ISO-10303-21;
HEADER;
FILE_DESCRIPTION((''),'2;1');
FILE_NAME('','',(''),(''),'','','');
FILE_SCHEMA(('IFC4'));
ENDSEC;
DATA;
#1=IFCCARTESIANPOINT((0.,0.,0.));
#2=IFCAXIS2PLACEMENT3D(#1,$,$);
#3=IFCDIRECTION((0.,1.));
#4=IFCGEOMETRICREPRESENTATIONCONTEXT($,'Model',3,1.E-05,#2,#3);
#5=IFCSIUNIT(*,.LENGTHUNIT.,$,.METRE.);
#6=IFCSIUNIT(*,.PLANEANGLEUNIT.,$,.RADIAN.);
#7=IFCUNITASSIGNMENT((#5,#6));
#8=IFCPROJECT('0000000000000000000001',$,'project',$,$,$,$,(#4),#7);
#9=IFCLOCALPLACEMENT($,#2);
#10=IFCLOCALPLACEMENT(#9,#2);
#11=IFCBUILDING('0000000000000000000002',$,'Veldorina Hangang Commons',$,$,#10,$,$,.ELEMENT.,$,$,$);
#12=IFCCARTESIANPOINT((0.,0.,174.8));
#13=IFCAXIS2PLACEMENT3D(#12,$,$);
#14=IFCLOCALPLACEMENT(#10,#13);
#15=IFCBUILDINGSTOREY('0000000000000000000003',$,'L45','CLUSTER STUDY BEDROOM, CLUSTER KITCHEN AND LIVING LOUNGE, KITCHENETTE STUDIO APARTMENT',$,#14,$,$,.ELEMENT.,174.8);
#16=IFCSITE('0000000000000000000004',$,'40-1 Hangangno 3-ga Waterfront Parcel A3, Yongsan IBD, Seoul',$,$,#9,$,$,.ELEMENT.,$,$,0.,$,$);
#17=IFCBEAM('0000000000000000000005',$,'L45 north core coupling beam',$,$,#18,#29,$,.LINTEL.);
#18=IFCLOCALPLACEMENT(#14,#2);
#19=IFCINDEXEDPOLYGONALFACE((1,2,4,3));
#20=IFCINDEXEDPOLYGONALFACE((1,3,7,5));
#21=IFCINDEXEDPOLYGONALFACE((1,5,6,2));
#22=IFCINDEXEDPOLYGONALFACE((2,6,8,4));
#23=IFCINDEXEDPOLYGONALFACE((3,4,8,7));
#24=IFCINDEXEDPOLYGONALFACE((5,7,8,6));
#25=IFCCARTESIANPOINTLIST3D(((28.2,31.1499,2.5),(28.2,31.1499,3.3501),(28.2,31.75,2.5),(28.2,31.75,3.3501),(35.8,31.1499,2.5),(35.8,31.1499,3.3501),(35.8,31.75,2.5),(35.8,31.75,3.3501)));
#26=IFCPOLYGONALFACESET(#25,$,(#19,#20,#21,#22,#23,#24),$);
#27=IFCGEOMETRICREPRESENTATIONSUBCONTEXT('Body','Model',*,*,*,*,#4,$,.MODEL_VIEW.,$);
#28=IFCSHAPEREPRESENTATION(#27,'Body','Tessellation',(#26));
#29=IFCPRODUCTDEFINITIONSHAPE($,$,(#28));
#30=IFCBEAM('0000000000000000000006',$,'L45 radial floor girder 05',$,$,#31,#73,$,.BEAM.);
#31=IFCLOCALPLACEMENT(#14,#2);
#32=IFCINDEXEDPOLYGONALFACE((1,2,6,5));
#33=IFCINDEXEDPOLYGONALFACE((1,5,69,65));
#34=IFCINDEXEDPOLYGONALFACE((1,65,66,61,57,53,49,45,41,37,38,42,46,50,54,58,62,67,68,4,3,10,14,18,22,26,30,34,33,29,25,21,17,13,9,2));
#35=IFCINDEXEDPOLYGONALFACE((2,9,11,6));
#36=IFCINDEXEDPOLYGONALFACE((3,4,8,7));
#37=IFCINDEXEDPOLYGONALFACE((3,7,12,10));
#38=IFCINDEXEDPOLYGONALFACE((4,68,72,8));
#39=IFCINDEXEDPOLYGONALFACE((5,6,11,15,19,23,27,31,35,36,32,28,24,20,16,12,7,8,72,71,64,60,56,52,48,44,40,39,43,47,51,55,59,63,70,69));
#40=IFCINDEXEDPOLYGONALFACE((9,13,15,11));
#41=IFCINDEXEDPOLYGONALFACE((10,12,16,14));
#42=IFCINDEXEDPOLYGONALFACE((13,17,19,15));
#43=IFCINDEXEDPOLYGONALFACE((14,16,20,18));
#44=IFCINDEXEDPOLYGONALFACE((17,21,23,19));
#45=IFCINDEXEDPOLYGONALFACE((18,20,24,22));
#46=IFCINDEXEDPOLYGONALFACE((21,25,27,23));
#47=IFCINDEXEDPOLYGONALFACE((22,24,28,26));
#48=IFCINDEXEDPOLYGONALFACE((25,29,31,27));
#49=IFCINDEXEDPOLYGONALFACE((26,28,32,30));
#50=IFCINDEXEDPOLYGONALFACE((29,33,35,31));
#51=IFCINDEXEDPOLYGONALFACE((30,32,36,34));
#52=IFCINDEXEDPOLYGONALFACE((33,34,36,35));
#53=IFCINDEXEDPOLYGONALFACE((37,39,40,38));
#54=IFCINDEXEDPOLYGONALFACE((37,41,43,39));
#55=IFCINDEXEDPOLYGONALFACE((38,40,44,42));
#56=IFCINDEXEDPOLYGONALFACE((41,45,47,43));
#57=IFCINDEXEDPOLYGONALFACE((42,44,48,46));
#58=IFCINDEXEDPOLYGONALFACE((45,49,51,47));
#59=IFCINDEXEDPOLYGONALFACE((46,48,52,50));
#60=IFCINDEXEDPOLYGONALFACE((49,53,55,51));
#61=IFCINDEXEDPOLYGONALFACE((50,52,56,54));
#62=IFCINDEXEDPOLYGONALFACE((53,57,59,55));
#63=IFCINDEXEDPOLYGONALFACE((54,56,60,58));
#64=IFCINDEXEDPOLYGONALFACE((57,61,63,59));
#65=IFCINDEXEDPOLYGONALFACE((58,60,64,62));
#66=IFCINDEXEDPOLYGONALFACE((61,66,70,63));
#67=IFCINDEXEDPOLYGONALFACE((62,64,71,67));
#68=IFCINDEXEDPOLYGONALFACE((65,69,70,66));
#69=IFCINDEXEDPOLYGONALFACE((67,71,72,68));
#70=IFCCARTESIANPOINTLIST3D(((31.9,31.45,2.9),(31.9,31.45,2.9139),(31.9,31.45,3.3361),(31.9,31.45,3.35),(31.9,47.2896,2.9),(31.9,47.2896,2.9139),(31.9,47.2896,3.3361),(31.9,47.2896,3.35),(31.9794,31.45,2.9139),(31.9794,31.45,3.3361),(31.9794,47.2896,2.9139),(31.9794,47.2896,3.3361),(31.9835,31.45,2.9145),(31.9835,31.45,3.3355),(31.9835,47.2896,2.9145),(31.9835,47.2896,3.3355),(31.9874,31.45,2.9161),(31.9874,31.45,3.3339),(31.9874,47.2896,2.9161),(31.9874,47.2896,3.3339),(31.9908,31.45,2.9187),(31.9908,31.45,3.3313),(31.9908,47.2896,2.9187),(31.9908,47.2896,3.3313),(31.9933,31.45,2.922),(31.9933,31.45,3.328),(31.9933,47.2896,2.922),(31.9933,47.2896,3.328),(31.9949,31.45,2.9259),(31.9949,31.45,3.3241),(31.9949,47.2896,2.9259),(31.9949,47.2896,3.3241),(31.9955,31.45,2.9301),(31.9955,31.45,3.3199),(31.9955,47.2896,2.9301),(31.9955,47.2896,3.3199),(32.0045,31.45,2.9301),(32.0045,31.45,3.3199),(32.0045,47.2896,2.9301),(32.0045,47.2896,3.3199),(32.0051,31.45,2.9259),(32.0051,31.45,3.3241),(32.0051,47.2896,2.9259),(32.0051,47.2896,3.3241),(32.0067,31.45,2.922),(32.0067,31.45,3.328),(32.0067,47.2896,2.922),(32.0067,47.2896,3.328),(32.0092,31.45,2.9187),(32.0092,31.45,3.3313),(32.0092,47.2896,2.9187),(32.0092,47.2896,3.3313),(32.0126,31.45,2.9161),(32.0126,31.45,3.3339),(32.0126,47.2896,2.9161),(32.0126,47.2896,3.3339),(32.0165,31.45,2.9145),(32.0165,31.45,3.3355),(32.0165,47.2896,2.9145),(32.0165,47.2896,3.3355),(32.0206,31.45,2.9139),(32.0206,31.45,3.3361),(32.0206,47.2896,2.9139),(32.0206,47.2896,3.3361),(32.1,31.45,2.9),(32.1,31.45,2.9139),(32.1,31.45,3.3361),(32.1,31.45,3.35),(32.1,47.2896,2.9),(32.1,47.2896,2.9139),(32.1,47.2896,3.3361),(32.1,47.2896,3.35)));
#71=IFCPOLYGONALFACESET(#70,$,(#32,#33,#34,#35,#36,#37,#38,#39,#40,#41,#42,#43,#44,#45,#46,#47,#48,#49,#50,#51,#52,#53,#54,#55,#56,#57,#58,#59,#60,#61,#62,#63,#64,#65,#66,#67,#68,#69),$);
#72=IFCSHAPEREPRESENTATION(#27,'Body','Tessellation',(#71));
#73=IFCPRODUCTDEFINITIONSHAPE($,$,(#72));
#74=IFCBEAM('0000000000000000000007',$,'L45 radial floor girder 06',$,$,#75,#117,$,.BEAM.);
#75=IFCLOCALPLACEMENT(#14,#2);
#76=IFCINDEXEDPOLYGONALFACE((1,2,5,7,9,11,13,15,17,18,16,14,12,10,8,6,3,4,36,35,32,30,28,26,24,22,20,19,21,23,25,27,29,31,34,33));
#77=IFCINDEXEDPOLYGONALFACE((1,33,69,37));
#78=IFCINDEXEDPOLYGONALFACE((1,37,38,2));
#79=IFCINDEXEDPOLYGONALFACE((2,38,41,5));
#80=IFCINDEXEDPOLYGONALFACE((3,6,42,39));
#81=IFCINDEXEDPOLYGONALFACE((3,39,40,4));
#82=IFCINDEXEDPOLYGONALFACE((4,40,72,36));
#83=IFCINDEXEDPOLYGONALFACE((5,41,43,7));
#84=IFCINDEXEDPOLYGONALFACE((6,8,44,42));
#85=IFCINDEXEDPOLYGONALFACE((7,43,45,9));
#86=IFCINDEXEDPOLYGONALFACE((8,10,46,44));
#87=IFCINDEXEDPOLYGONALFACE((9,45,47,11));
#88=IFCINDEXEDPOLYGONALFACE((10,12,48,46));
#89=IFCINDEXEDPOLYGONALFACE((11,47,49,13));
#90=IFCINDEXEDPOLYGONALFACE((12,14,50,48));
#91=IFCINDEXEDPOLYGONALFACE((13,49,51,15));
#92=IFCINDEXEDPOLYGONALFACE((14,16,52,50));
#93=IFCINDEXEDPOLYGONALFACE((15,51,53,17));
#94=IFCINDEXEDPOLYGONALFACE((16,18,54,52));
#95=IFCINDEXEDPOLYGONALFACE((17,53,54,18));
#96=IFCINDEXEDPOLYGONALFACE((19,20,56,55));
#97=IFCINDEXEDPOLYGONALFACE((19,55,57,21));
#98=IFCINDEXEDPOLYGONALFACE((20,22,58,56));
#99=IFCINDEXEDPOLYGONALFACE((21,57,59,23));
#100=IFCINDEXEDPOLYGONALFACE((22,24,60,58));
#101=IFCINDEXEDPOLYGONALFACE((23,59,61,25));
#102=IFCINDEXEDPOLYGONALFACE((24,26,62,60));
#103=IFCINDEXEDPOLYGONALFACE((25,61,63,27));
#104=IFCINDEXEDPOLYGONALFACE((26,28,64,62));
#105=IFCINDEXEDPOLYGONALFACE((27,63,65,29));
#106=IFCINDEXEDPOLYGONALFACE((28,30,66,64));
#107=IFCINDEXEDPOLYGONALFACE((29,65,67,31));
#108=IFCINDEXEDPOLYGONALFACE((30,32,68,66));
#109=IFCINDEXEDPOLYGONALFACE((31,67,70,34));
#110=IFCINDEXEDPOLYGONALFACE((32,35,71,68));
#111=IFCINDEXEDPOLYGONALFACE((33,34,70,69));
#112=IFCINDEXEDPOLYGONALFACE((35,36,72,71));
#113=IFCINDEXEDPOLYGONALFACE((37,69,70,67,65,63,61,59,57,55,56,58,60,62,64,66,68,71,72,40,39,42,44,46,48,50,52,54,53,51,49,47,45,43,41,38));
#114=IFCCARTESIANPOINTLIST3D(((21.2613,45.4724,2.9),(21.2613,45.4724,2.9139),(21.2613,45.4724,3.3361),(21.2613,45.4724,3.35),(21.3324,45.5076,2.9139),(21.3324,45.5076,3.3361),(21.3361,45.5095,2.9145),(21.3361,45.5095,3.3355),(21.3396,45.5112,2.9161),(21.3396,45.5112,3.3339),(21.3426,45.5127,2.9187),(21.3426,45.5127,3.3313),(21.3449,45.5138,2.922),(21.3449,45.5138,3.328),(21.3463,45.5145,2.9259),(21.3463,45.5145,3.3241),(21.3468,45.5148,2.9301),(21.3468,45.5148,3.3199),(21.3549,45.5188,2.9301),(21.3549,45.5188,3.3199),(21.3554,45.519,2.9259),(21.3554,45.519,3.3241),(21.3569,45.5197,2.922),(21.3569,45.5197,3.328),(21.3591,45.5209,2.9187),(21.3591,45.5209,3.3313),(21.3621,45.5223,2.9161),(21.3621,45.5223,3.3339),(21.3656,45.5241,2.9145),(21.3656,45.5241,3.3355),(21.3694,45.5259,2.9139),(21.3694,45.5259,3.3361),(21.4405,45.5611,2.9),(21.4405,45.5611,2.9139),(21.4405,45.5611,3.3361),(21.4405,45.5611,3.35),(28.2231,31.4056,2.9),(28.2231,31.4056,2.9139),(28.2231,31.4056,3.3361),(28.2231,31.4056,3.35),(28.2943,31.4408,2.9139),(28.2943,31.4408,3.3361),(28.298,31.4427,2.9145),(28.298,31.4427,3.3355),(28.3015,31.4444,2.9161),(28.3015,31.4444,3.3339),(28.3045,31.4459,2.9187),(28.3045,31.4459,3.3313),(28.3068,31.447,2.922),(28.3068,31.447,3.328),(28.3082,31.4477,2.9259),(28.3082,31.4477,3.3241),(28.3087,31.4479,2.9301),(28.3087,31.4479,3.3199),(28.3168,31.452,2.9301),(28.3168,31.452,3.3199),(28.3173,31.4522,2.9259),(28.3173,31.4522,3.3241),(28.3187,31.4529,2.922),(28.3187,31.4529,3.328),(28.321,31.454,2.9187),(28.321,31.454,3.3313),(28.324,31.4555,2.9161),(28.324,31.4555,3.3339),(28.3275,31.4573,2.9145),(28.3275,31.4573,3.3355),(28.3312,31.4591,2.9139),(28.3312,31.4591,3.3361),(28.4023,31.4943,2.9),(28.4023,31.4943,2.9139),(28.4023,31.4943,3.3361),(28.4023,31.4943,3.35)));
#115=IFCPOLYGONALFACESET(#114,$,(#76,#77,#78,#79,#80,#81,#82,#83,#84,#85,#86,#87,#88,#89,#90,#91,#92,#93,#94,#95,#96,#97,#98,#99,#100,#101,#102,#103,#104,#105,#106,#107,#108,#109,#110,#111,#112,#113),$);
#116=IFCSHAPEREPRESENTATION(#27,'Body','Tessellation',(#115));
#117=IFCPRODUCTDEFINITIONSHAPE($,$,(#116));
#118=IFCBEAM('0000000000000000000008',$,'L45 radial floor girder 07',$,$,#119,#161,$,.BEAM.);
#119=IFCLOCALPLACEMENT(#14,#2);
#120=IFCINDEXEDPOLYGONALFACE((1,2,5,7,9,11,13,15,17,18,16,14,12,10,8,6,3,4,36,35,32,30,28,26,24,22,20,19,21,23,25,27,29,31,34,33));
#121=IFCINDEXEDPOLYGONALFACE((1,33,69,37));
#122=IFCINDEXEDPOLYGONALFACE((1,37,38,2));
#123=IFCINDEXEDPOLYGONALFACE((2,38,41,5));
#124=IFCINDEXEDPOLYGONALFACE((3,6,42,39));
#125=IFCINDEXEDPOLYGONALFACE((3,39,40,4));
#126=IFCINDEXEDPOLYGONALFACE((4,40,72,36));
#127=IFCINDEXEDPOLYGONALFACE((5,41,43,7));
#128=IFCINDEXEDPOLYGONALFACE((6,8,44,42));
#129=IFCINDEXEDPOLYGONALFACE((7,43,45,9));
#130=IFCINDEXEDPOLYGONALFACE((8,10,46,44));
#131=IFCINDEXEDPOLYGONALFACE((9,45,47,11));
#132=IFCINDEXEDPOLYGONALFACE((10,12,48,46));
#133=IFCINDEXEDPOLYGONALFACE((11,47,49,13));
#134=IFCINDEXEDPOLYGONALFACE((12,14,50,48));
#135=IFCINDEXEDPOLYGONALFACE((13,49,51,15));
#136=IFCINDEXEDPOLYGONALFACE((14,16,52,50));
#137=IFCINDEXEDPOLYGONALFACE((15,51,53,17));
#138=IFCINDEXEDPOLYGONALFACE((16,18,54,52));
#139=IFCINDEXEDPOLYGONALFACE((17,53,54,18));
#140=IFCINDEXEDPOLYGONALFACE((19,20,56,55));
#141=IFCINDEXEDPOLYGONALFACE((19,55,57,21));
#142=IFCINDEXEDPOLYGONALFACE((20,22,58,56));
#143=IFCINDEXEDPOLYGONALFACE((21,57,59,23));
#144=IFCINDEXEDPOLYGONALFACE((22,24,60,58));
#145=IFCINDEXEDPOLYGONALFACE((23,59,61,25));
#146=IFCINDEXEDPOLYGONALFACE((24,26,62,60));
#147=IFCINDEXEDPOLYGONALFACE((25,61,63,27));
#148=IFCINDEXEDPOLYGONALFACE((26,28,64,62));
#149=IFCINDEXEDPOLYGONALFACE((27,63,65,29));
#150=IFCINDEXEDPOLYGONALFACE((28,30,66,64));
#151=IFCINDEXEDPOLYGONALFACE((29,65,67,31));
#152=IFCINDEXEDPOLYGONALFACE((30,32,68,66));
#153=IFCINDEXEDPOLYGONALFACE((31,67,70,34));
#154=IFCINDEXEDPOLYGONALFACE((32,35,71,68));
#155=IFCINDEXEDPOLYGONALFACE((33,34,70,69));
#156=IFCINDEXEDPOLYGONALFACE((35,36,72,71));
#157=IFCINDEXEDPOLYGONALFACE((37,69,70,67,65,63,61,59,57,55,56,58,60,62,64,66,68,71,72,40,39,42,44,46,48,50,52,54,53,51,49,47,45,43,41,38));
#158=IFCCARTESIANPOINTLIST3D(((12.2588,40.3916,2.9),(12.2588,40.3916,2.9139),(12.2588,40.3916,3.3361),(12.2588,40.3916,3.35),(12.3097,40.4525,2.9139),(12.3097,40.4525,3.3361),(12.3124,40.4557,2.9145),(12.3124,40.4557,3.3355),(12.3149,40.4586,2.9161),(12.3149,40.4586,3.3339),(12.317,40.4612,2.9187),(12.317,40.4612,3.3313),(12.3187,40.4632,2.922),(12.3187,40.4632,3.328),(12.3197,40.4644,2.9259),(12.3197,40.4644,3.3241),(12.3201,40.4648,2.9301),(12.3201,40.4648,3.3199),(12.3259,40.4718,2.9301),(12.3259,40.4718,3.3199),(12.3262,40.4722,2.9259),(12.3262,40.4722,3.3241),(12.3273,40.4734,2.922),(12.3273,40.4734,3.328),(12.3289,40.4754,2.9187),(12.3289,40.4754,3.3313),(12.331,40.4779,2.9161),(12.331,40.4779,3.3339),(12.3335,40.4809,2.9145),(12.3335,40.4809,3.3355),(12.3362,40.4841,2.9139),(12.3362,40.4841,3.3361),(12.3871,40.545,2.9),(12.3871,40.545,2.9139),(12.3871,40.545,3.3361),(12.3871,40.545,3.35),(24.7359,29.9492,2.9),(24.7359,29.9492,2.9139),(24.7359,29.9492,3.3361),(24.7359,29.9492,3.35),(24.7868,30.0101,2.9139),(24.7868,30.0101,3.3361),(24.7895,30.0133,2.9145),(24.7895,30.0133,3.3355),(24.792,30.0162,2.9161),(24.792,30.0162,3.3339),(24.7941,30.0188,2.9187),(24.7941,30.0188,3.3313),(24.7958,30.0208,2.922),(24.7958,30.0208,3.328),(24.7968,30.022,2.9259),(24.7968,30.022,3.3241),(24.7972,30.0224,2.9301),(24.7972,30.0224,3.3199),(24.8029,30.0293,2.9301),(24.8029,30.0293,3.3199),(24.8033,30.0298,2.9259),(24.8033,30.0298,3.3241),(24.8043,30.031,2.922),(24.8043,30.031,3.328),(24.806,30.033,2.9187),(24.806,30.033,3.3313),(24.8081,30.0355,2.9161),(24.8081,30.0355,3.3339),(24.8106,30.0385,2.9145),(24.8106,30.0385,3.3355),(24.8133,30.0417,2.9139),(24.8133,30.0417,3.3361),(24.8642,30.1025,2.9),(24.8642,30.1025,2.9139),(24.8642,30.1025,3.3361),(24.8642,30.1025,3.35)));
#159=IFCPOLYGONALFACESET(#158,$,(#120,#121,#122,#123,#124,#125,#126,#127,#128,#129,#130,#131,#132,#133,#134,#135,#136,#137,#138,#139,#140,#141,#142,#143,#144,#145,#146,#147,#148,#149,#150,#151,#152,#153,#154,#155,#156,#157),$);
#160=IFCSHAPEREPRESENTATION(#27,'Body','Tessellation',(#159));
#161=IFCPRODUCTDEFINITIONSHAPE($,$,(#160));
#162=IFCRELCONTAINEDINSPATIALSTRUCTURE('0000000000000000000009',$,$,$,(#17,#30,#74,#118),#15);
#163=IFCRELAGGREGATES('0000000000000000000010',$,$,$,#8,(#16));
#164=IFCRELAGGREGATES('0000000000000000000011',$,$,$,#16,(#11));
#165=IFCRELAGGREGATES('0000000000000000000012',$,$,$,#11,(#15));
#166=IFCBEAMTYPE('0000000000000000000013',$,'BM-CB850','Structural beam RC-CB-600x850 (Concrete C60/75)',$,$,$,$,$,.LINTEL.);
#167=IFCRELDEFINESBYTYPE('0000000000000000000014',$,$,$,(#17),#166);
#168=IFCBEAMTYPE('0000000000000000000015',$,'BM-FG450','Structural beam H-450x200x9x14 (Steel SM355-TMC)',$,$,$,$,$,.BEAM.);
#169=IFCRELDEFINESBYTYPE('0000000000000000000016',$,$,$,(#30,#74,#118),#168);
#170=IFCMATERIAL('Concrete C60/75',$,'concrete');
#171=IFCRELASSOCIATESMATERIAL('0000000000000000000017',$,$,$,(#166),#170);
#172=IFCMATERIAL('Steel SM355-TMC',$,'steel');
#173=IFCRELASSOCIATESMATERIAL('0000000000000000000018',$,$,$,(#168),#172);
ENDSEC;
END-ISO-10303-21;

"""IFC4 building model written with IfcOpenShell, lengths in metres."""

from ifc_helpers import new_model, si_unit, direction, frame, origin, origin_2d, place, context, subcontext, project, spatial, rectangle, i_section, extrude, material, material_profile, profile_set, type_object, element, save


model = new_model("IFC4")

# Units and contexts
model_context = context("Model", 3, precision=1e-05, world=origin(), true_north=direction((0.0, 1.0)))
body_context = subcontext(model_context, "Body", "Model", "MODEL_VIEW")
ifc_project = project(units=[si_unit("LENGTHUNIT", "METRE"), si_unit("PLANEANGLEUNIT", "RADIAN")], contexts=[model_context])

# Site, building, storey
site_placement = place(None, origin())
site = spatial("IfcSite", under=ifc_project, at=site_placement, Name="40-1 Hangangno 3-ga Waterfront Parcel A3, Yongsan IBD, Seoul", CompositionType="ELEMENT", RefElevation=0.0)
building_placement = place(site_placement, origin())
building = spatial("IfcBuilding", under=site, at=building_placement, Name="Veldorina Hangang Commons", CompositionType="ELEMENT")
storey_placement = place(building_placement, frame((0.0, 0.0, 174.8)))
storey = spatial("IfcBuildingStorey", under=building, at=storey_placement, Name="L45", Description="CLUSTER STUDY BEDROOM, CLUSTER KITCHEN AND LIVING LOUNGE, KITCHENETTE STUDIO APARTMENT", CompositionType="ELEMENT", Elevation=174.8)

# Beams
ifc_material_1 = material(Name="Concrete C60/75", Category="concrete")
ifc_material_profile_1 = material_profile(ifc_material_1, rectangle(XDim=0.6001, YDim=0.8501, at=origin_2d()), Name="RC-CB-600x850")
ifc_profile_set_1 = profile_set([ifc_material_profile_1], Name="Concrete C60/75")
beam_type_1 = type_object("IfcBeamType", Name="BM-CB850", Description="Structural beam RC-CB-600x850 (Concrete C60/75)", PredefinedType="LINTEL", material=ifc_profile_set_1)
beam_1_placement = place(storey_placement, frame((28.2, 31.45, 2.925), z_axis=(1.0, 0.0, 0.0), x_axis=(0.0, 1.0, 0.0)))
element("IfcBeam", 1, at=beam_1_placement, inside=storey, type_object=beam_type_1, Name="L45 north core coupling beam", PredefinedType="LINTEL", context=body_context, shape_type="SweptSolid", body=[
    extrude(rectangle(XDim=0.6001, YDim=0.8501, at=origin_2d()), origin(), (0.0, 0.0, 1.0), 7.6001),
])
ifc_material_2 = material(Name="Steel SM355-TMC", Category="steel")
ifc_material_profile_2 = material_profile(ifc_material_2, i_section(OverallWidth=0.2, OverallDepth=0.45, WebThickness=0.009, FlangeThickness=0.0139, FilletRadius=0.0161, at=origin_2d()), Name="H-450x200x9x14")
ifc_profile_set_2 = profile_set([ifc_material_profile_2], Name="Steel SM355-TMC")
beam_type_2 = type_object("IfcBeamType", Name="BM-FG450", Description="Structural beam H-450x200x9x14 (Steel SM355-TMC)", PredefinedType="BEAM", material=ifc_profile_set_2)
beam_2_placement = place(storey_placement, frame((32.0, 31.45, 3.125), z_axis=(0.0, 1.0, 0.0), x_axis=(-1.0, 0.0, 0.0)))
element("IfcBeam", 2, at=beam_2_placement, inside=storey, type_object=beam_type_2, Name="L45 radial floor girder 05", PredefinedType="BEAM", context=body_context, shape_type="SweptSolid", body=[
    extrude(i_section(OverallWidth=0.2, OverallDepth=0.45, WebThickness=0.009, FlangeThickness=0.0139, FilletRadius=0.0161, at=origin_2d()), origin(), (0.0, 0.0, 1.0), 15.8396),
])
beam_3_placement = place(storey_placement, frame((28.3127, 31.45, 3.125), z_axis=(-0.443564, 0.896243, 0.0), x_axis=(-0.896243, -0.443564, 0.0)))
element("IfcBeam", 3, at=beam_3_placement, inside=storey, type_object=beam_type_2, Name="L45 radial floor girder 06", PredefinedType="BEAM", context=body_context, shape_type="SweptSolid", body=[
    extrude(i_section(OverallWidth=0.2, OverallDepth=0.45, WebThickness=0.009, FlangeThickness=0.0139, FilletRadius=0.0161, at=origin_2d()), origin(), (0.0, 0.0, 1.0), 15.6953),
])
beam_4_placement = place(storey_placement, frame((24.8, 30.0259, 3.125), z_axis=(-0.766864, 0.641809, 0.0), x_axis=(-0.641809, -0.766864, 0.0)))
element("IfcBeam", 4, at=beam_4_placement, inside=storey, type_object=beam_type_2, Name="L45 radial floor girder 07", PredefinedType="BEAM", context=body_context, shape_type="SweptSolid", body=[
    extrude(i_section(OverallWidth=0.2, OverallDepth=0.45, WebThickness=0.009, FlangeThickness=0.0139, FilletRadius=0.0161, at=origin_2d()), origin(), (0.0, 0.0, 1.0), 16.2703),
])

save(model, "model.ifc")
